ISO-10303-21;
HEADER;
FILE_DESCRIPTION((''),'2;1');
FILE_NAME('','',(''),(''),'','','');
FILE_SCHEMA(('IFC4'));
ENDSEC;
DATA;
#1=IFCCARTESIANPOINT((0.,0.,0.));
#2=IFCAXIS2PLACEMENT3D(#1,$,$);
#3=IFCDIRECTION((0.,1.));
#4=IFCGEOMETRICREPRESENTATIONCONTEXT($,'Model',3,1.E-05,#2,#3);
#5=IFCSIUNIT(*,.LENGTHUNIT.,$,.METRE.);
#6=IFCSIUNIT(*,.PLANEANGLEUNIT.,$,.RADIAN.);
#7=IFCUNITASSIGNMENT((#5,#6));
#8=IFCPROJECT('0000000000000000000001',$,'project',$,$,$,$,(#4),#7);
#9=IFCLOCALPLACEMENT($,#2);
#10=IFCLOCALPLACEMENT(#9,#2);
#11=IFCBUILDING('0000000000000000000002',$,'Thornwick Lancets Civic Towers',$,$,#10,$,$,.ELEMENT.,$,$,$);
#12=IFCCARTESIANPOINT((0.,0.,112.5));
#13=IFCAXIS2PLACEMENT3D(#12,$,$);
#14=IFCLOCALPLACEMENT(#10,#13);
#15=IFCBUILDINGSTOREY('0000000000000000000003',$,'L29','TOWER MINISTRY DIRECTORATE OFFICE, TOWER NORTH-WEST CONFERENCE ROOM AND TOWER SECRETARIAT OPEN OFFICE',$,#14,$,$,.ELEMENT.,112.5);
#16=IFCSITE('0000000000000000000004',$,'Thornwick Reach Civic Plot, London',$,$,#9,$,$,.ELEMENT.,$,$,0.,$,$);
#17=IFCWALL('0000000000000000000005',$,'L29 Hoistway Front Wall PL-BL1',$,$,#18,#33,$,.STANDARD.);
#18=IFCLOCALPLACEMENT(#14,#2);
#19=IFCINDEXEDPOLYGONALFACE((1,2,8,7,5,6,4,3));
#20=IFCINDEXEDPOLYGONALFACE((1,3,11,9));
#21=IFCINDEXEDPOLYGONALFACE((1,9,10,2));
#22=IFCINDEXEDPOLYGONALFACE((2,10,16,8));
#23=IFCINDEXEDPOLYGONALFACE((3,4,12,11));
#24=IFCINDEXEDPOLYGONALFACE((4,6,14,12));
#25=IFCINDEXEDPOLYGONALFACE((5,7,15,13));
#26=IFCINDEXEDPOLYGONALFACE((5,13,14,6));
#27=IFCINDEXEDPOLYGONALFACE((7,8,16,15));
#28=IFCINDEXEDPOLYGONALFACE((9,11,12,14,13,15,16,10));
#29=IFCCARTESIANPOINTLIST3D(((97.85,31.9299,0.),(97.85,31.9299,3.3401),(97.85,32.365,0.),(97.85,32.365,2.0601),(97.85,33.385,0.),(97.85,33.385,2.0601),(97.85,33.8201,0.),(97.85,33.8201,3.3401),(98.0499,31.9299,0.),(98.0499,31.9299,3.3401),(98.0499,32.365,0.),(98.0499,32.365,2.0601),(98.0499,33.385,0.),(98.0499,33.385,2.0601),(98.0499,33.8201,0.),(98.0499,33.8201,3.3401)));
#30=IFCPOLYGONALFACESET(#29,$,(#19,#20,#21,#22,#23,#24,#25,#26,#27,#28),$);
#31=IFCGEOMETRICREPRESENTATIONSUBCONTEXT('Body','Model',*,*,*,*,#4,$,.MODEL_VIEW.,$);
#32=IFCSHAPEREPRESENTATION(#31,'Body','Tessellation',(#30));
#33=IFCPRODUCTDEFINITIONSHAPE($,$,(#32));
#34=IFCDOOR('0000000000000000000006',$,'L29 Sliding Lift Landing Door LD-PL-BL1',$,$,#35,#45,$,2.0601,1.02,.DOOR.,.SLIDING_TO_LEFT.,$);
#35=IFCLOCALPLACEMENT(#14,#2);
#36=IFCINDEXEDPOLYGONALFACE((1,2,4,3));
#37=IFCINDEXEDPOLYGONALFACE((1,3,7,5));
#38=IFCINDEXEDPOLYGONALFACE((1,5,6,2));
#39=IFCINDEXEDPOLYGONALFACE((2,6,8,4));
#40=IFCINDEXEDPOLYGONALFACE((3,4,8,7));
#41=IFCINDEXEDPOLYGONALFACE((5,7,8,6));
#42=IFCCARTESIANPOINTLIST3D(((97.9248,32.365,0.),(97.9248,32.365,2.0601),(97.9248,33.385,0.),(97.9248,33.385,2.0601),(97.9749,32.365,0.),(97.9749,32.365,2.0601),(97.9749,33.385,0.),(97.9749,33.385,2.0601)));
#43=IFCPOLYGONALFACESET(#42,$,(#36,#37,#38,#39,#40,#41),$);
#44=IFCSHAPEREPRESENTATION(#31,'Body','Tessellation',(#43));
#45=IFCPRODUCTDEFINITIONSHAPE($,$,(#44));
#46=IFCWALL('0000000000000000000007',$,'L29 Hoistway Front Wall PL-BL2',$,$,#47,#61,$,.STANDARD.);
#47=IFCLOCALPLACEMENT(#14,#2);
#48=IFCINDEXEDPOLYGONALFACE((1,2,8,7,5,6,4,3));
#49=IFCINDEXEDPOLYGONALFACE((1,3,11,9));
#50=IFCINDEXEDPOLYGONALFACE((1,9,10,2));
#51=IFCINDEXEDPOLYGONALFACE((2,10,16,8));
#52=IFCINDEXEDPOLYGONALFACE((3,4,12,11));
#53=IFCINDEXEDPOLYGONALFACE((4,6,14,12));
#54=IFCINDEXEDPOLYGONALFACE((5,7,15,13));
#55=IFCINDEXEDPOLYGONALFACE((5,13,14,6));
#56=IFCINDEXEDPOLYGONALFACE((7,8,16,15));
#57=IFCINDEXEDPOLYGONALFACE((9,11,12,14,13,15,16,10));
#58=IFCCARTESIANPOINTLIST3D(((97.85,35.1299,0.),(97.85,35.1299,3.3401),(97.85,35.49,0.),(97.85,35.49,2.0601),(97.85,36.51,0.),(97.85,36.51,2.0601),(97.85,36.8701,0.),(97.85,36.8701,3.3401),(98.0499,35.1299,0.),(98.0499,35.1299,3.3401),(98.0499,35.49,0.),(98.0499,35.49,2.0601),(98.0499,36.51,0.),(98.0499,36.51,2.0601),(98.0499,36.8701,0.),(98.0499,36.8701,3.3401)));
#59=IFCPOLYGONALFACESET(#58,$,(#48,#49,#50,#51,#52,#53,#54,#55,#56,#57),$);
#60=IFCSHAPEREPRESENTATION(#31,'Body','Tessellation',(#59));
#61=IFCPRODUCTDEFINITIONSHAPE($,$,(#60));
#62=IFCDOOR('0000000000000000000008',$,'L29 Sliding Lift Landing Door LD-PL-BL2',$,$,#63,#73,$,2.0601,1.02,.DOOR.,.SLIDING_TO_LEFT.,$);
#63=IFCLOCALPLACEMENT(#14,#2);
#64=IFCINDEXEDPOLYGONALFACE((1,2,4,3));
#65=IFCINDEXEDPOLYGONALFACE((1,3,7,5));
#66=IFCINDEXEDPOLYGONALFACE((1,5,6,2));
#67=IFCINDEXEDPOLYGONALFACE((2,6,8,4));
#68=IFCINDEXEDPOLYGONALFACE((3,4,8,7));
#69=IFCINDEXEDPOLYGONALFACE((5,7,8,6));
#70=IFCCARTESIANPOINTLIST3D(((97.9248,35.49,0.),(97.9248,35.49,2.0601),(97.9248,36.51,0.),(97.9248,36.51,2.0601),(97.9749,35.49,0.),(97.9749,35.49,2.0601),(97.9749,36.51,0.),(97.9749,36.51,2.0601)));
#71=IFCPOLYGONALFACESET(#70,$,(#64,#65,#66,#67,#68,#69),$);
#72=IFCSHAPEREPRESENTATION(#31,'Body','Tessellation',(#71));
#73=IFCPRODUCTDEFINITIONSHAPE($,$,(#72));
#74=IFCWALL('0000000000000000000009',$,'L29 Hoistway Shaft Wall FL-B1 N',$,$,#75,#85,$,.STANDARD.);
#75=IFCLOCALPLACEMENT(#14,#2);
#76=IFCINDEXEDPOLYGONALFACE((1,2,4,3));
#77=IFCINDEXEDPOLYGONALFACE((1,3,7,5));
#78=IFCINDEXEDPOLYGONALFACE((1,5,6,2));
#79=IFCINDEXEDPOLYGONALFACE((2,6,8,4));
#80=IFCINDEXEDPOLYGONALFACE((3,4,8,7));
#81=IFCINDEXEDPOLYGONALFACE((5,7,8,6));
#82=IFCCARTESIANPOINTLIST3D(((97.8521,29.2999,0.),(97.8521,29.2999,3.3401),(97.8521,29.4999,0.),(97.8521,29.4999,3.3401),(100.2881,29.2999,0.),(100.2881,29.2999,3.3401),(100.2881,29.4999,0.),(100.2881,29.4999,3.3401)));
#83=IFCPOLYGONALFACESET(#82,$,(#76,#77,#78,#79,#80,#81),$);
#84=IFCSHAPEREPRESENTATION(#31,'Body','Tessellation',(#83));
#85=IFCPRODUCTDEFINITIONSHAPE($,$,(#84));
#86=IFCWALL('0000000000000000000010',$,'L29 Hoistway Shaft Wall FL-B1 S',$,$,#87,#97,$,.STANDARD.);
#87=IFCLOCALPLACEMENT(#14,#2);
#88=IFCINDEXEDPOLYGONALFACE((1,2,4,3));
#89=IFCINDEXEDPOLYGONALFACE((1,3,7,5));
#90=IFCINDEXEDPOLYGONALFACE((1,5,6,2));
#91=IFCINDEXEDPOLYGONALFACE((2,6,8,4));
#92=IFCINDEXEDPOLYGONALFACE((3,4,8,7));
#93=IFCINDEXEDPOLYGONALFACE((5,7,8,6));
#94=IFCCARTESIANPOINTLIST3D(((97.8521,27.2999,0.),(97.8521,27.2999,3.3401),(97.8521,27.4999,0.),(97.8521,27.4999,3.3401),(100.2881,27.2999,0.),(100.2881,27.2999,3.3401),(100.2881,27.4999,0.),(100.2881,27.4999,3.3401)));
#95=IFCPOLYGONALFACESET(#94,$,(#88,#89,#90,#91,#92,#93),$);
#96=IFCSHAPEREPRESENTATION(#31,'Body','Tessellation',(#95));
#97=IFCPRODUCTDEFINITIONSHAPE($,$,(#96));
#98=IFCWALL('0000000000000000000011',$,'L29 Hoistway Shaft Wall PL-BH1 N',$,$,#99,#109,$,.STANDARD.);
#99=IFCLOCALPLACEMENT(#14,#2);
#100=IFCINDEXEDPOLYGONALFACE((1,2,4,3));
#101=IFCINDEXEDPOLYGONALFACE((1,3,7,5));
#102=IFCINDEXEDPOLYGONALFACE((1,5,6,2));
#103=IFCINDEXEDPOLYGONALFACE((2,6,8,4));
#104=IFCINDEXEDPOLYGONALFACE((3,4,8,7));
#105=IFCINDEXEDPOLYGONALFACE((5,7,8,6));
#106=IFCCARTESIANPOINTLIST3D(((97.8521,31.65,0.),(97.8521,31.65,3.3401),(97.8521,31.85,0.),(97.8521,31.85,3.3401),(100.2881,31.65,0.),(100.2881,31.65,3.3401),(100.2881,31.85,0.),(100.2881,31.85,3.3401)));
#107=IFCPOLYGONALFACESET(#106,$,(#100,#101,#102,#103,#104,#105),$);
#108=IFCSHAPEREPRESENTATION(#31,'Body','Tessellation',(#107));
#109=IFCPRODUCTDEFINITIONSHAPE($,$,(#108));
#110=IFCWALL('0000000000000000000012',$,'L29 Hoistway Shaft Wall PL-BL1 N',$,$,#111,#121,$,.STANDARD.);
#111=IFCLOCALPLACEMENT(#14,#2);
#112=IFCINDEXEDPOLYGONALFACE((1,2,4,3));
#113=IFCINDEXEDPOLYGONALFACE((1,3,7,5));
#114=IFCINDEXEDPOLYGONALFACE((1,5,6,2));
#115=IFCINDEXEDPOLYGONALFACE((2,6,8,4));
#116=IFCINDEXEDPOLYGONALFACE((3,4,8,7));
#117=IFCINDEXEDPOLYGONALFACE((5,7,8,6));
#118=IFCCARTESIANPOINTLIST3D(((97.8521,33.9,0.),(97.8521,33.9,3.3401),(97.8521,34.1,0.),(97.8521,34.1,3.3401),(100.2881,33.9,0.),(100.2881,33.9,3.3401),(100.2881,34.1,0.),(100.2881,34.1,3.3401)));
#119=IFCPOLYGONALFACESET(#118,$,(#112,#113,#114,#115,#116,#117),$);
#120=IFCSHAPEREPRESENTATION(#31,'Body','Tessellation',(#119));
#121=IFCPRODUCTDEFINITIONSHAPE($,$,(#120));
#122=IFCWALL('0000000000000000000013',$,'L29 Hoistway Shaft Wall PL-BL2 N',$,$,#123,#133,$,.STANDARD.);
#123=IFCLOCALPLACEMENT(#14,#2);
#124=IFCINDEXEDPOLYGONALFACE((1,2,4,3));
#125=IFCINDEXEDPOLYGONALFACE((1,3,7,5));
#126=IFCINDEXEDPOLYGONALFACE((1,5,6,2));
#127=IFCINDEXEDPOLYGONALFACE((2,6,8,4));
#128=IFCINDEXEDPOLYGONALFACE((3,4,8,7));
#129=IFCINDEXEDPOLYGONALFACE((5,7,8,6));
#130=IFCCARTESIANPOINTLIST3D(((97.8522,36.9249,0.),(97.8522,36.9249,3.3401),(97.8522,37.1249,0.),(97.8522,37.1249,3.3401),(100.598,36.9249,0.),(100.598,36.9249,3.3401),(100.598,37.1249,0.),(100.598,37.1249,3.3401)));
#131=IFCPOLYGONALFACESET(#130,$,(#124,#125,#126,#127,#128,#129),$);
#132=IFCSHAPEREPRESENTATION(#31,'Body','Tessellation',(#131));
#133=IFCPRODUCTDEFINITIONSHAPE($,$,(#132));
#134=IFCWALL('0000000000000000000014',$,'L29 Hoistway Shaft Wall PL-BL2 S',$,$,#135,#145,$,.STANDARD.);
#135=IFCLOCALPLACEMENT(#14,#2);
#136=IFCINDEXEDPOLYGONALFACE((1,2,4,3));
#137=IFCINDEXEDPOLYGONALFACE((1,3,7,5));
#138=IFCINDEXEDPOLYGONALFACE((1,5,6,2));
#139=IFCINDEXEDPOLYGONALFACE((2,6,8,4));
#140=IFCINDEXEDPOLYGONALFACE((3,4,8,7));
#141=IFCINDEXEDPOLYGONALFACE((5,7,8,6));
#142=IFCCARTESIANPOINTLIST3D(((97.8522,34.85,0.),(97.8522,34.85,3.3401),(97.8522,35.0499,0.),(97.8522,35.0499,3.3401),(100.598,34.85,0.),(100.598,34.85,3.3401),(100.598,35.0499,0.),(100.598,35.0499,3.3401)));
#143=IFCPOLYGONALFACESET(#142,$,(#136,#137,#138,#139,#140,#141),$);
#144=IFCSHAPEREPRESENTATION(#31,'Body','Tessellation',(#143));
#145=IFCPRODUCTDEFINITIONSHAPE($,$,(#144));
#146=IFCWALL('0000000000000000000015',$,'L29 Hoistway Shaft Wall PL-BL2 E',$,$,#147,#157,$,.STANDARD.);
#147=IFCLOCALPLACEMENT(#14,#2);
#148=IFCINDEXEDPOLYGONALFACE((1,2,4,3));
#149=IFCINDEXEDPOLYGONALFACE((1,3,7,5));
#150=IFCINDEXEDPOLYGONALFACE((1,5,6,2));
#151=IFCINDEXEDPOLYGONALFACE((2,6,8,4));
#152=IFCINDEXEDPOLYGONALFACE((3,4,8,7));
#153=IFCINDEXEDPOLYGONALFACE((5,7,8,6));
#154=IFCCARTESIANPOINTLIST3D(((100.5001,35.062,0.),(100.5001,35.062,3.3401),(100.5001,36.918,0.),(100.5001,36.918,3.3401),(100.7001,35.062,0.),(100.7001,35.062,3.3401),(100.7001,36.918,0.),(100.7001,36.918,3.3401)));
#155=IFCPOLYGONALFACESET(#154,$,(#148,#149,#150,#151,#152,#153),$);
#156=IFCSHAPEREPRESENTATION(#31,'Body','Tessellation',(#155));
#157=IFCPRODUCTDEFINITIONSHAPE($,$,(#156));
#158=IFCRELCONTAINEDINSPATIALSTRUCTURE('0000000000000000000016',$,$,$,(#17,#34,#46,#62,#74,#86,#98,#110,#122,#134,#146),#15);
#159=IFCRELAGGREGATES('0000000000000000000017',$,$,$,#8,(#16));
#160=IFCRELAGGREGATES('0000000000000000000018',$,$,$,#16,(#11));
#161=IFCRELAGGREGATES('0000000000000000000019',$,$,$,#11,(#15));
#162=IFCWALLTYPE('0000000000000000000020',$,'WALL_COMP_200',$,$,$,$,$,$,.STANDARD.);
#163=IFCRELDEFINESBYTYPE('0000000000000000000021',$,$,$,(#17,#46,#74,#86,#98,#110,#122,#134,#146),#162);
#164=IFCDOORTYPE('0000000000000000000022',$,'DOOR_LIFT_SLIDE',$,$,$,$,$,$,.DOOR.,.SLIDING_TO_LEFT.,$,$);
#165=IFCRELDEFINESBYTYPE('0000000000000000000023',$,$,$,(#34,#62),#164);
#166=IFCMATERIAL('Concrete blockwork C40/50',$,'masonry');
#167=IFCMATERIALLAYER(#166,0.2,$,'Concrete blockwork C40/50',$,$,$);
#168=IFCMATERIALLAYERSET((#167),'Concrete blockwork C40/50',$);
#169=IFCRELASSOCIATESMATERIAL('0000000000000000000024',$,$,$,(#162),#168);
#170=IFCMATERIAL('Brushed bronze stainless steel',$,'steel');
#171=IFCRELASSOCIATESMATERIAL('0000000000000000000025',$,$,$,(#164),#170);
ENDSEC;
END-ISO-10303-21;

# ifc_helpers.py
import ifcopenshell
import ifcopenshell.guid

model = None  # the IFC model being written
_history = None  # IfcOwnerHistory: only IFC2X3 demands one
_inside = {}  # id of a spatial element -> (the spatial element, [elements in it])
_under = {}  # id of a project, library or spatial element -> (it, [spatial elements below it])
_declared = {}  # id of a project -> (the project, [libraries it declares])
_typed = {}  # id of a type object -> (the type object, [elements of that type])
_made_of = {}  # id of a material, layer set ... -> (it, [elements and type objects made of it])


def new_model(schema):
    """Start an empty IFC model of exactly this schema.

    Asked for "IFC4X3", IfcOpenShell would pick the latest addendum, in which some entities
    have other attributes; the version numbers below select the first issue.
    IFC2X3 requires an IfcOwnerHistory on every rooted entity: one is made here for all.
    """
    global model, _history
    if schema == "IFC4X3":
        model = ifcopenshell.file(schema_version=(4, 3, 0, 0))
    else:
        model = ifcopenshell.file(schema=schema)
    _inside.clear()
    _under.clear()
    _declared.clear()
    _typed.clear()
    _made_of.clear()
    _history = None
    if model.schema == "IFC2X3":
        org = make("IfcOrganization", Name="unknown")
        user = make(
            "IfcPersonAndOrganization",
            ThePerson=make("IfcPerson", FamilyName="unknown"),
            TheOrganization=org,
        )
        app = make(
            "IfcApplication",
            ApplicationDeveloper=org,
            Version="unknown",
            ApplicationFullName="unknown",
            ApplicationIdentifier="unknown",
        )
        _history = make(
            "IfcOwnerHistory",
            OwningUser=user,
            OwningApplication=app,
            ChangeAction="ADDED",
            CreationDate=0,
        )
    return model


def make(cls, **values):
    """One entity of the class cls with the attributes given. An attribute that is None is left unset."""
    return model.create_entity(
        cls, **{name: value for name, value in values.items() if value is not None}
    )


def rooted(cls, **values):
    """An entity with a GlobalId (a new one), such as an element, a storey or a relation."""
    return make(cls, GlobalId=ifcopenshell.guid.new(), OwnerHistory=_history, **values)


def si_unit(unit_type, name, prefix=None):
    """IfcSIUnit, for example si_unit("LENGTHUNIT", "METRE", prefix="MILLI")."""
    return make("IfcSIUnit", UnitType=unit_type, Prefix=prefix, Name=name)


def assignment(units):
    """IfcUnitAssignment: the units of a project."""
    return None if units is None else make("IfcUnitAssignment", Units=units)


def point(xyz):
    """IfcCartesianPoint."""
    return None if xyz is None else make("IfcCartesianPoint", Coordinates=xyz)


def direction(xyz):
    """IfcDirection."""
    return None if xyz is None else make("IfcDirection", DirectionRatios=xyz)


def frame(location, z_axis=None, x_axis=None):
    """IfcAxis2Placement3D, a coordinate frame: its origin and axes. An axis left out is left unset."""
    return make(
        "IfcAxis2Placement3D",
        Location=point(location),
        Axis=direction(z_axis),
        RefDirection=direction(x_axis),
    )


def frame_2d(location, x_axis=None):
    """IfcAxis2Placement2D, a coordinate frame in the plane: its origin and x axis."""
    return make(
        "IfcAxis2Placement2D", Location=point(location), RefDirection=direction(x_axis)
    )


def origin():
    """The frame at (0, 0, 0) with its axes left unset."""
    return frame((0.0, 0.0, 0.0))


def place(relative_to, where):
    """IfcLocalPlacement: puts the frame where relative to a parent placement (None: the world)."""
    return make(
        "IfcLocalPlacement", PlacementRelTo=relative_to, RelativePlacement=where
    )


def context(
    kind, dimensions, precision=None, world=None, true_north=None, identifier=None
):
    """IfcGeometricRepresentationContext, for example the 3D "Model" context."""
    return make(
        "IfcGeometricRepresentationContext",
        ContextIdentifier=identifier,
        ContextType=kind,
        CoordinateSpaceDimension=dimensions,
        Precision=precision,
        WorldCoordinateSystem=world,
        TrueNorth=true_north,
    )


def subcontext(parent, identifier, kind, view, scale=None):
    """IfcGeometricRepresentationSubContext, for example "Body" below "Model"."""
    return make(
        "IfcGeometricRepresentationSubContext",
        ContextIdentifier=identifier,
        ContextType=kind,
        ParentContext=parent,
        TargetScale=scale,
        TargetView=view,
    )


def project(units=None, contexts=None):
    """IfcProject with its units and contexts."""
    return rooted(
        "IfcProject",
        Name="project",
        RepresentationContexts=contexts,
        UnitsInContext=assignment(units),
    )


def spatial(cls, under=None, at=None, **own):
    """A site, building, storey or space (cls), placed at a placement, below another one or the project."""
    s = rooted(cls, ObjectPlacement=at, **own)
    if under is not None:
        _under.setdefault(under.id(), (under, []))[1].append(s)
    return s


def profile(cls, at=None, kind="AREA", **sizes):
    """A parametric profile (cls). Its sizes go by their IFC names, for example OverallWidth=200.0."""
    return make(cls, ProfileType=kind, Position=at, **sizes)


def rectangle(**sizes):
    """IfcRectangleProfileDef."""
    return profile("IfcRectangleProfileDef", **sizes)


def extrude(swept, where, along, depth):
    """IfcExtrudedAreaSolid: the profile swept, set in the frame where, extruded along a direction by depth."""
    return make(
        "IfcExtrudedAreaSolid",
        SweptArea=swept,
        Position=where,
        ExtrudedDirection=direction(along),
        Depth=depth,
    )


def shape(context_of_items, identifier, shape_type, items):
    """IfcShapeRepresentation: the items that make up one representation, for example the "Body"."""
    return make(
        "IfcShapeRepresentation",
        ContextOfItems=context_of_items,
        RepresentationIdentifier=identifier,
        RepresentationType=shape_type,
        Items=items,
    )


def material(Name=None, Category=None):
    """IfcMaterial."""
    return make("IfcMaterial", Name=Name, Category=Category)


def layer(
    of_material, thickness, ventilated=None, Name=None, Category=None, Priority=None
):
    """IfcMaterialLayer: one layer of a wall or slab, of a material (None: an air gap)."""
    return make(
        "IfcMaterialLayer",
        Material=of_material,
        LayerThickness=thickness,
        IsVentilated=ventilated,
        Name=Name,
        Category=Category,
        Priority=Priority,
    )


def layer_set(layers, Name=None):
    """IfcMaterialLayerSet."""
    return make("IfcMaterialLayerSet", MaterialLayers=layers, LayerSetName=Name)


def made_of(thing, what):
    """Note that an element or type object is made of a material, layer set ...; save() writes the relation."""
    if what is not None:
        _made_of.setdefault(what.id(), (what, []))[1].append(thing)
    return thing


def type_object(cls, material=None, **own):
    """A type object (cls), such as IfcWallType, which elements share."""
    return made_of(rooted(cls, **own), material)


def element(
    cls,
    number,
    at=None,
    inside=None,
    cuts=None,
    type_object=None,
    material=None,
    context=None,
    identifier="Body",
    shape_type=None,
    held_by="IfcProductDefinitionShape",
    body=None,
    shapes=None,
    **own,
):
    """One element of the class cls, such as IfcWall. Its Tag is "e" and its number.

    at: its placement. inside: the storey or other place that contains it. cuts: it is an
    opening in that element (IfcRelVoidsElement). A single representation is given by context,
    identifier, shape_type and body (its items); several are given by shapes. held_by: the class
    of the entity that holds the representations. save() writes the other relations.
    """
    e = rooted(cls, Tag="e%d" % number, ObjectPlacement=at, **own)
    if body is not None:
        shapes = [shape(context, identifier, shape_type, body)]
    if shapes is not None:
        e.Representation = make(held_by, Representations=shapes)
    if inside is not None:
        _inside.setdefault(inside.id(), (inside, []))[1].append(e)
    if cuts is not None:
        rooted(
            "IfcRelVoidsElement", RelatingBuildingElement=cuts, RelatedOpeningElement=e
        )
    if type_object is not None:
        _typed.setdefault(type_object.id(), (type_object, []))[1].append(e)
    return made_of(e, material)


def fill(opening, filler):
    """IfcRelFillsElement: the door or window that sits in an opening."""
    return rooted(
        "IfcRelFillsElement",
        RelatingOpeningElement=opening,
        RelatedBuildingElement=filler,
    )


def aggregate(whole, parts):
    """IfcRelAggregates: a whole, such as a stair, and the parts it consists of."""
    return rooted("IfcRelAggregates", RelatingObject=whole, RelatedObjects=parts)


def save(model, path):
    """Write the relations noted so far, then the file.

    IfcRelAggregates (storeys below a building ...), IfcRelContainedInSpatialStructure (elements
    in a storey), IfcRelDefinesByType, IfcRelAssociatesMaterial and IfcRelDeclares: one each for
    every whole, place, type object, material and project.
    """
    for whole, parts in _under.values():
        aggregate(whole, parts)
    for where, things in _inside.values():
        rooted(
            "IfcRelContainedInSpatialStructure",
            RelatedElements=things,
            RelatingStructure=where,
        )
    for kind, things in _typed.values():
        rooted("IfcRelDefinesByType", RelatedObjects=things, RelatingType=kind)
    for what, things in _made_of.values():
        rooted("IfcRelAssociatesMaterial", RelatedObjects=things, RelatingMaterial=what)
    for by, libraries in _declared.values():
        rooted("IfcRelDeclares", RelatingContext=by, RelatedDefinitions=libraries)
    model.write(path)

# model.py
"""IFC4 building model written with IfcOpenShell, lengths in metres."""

from ifc_helpers import new_model, si_unit, direction, frame, frame_2d, origin, place, context, subcontext, project, spatial, rectangle, extrude, material, layer, layer_set, type_object, element, fill, save


model = new_model("IFC4")

# Units and contexts
model_context = context("Model", 3, precision=1e-05, world=origin(), true_north=direction((0.0, 1.0)))
body_context = subcontext(model_context, "Body", "Model", "MODEL_VIEW")
ifc_project = project(units=[si_unit("LENGTHUNIT", "METRE"), si_unit("PLANEANGLEUNIT", "RADIAN")], contexts=[model_context])

# Site, building, storey
site_placement = place(None, origin())
site = spatial("IfcSite", under=ifc_project, at=site_placement, Name="Thornwick Reach Civic Plot, London", CompositionType="ELEMENT", RefElevation=0.0)
building_placement = place(site_placement, origin())
building = spatial("IfcBuilding", under=site, at=building_placement, Name="Thornwick Lancets Civic Towers", CompositionType="ELEMENT")
storey_placement = place(building_placement, frame((0.0, 0.0, 112.5)))
storey = spatial("IfcBuildingStorey", under=building, at=storey_placement, Name="L29", Description="TOWER MINISTRY DIRECTORATE OFFICE, TOWER NORTH-WEST CONFERENCE ROOM AND TOWER SECRETARIAT OPEN OFFICE", CompositionType="ELEMENT", Elevation=112.5)

# Shared definitions
ifc_material_1 = material(Name="Concrete blockwork C40/50", Category="masonry")
ifc_layer = layer(ifc_material_1, 0.2, Name="Concrete blockwork C40/50")
ifc_layer_set = layer_set([ifc_layer], Name="Concrete blockwork C40/50")
wall_type = type_object("IfcWallType", Name="WALL_COMP_200", PredefinedType="STANDARD", material=ifc_layer_set)
ifc_material_2 = material(Name="Brushed bronze stainless steel", Category="steel")
door_type = type_object("IfcDoorType", Name="DOOR_LIFT_SLIDE", OperationType="SLIDING_TO_LEFT", PredefinedType="DOOR", material=ifc_material_2)

# Walls, openings, doors
wall_1_placement = place(storey_placement, frame((97.95, 33.8201, 0.0), z_axis=(0.0, 0.0, 1.0), x_axis=(0.0, -1.0, 0.0)))
wall_1 = element("IfcWall", 1, at=wall_1_placement, inside=storey, type_object=wall_type, Name="L29 Hoistway Front Wall PL-BL1", PredefinedType="STANDARD", context=body_context, shape_type="SweptSolid", body=[
    extrude(rectangle(XDim=1.8901, YDim=0.2, at=frame_2d((0.9451, 0.0))), origin(), (0.0, 0.0, 1.0), 3.3401),
])
opening_1_placement = place(wall_1_placement, frame((0.4351, 0.0, 0.0)))
opening_1 = element("IfcOpeningElement", 2, at=opening_1_placement, cuts=wall_1, PredefinedType="OPENING", context=body_context, shape_type="SweptSolid", body=[
    extrude(rectangle(XDim=1.02, YDim=2.0601, at=frame_2d((0.51, 1.03))), frame((0.0, 0.1099, 0.0), z_axis=(0.0, -1.0, 0.0), x_axis=(1.0, 0.0, 0.0)), (0.0, 0.0, 1.0), 0.22),
])
door_1_placement = place(opening_1_placement, origin())
door_1 = element("IfcDoor", 3, at=door_1_placement, inside=storey, type_object=door_type, Name="L29 Sliding Lift Landing Door LD-PL-BL1", OperationType="SLIDING_TO_LEFT", OverallHeight=2.0601, OverallWidth=1.02, PredefinedType="DOOR", context=body_context, shape_type="SweptSolid", body=[
    extrude(rectangle(XDim=1.02, YDim=2.0601, at=frame_2d((0.51, 1.03))), frame((0.0, 0.0249, 0.0), z_axis=(0.0, -1.0, 0.0), x_axis=(1.0, 0.0, 0.0)), (0.0, 0.0, 1.0), 0.05),
])
fill(opening_1, door_1)
wall_2_placement = place(storey_placement, frame((97.95, 36.8701, 0.0), z_axis=(0.0, 0.0, 1.0), x_axis=(0.0, -1.0, 0.0)))
wall_2 = element("IfcWall", 4, at=wall_2_placement, inside=storey, type_object=wall_type, Name="L29 Hoistway Front Wall PL-BL2", PredefinedType="STANDARD", context=body_context, shape_type="SweptSolid", body=[
    extrude(rectangle(XDim=1.7402, YDim=0.2, at=frame_2d((0.8701, 0.0))), origin(), (0.0, 0.0, 1.0), 3.3401),
])
opening_2_placement = place(wall_2_placement, frame((0.3601, 0.0, 0.0)))
opening_2 = element("IfcOpeningElement", 5, at=opening_2_placement, cuts=wall_2, PredefinedType="OPENING", context=body_context, shape_type="SweptSolid", body=[
    extrude(rectangle(XDim=1.02, YDim=2.0601, at=frame_2d((0.51, 1.03))), frame((0.0, 0.1099, 0.0), z_axis=(0.0, -1.0, 0.0), x_axis=(1.0, 0.0, 0.0)), (0.0, 0.0, 1.0), 0.22),
])
door_2_placement = place(opening_2_placement, origin())
door_2 = element("IfcDoor", 6, at=door_2_placement, inside=storey, type_object=door_type, Name="L29 Sliding Lift Landing Door LD-PL-BL2", OperationType="SLIDING_TO_LEFT", OverallHeight=2.0601, OverallWidth=1.02, PredefinedType="DOOR", context=body_context, shape_type="SweptSolid", body=[
    extrude(rectangle(XDim=1.02, YDim=2.0601, at=frame_2d((0.51, 1.03))), frame((0.0, 0.0249, 0.0), z_axis=(0.0, -1.0, 0.0), x_axis=(1.0, 0.0, 0.0)), (0.0, 0.0, 1.0), 0.05),
])
fill(opening_2, door_2)

# Walls
for number, where, z_axis, x_axis, name in (
    (7, (97.8521, 29.3999, 0.0), (0.0, 0.0, 1.0), (1.0, 0.0, 0.0), "L29 Hoistway Shaft Wall FL-B1 N"),
    (8, (97.8521, 27.3999, 0.0), (0.0, 0.0, 1.0), (1.0, 0.0, 0.0), "L29 Hoistway Shaft Wall FL-B1 S"),
    (9, (97.8521, 31.75, 0.0), (0.0, 0.0, 1.0), (1.0, 0.0, 0.0), "L29 Hoistway Shaft Wall PL-BH1 N"),
    (10, (97.8521, 34.0, 0.0), (0.0, 0.0, 1.0), (1.0, 0.0, 0.0), "L29 Hoistway Shaft Wall PL-BL1 N"),
):
    element("IfcWall", number, at=place(storey_placement, frame(where, z_axis=z_axis, x_axis=x_axis)), inside=storey, type_object=wall_type, Name=name, PredefinedType="STANDARD", context=body_context, shape_type="SweptSolid", body=[
        extrude(rectangle(XDim=2.436, YDim=0.2, at=frame_2d((1.218, 0.0))), origin(), (0.0, 0.0, 1.0), 3.3401),
    ])
for number, where, z_axis, x_axis, name in (
    (11, (97.8521, 37.0249, 0.0), (0.0, 0.0, 1.0), (1.0, 0.0, 0.0), "L29 Hoistway Shaft Wall PL-BL2 N"),
    (12, (97.8521, 34.95, 0.0), (0.0, 0.0, 1.0), (1.0, 0.0, 0.0), "L29 Hoistway Shaft Wall PL-BL2 S"),
):
    element("IfcWall", number, at=place(storey_placement, frame(where, z_axis=z_axis, x_axis=x_axis)), inside=storey, type_object=wall_type, Name=name, PredefinedType="STANDARD", context=body_context, shape_type="SweptSolid", body=[
        extrude(rectangle(XDim=2.7458, YDim=0.2, at=frame_2d((1.373, 0.0))), origin(), (0.0, 0.0, 1.0), 3.3401),
    ])
wall_3_placement = place(storey_placement, frame((100.6001, 35.062, 0.0), z_axis=(0.0, 0.0, 1.0), x_axis=(0.0, 1.0, 0.0)))
element("IfcWall", 13, at=wall_3_placement, inside=storey, type_object=wall_type, Name="L29 Hoistway Shaft Wall PL-BL2 E", PredefinedType="STANDARD", context=body_context, shape_type="SweptSolid", body=[
    extrude(rectangle(XDim=1.856, YDim=0.2, at=frame_2d((0.928, 0.0))), origin(), (0.0, 0.0, 1.0), 3.3401),
])

save(model, "model.ifc")
